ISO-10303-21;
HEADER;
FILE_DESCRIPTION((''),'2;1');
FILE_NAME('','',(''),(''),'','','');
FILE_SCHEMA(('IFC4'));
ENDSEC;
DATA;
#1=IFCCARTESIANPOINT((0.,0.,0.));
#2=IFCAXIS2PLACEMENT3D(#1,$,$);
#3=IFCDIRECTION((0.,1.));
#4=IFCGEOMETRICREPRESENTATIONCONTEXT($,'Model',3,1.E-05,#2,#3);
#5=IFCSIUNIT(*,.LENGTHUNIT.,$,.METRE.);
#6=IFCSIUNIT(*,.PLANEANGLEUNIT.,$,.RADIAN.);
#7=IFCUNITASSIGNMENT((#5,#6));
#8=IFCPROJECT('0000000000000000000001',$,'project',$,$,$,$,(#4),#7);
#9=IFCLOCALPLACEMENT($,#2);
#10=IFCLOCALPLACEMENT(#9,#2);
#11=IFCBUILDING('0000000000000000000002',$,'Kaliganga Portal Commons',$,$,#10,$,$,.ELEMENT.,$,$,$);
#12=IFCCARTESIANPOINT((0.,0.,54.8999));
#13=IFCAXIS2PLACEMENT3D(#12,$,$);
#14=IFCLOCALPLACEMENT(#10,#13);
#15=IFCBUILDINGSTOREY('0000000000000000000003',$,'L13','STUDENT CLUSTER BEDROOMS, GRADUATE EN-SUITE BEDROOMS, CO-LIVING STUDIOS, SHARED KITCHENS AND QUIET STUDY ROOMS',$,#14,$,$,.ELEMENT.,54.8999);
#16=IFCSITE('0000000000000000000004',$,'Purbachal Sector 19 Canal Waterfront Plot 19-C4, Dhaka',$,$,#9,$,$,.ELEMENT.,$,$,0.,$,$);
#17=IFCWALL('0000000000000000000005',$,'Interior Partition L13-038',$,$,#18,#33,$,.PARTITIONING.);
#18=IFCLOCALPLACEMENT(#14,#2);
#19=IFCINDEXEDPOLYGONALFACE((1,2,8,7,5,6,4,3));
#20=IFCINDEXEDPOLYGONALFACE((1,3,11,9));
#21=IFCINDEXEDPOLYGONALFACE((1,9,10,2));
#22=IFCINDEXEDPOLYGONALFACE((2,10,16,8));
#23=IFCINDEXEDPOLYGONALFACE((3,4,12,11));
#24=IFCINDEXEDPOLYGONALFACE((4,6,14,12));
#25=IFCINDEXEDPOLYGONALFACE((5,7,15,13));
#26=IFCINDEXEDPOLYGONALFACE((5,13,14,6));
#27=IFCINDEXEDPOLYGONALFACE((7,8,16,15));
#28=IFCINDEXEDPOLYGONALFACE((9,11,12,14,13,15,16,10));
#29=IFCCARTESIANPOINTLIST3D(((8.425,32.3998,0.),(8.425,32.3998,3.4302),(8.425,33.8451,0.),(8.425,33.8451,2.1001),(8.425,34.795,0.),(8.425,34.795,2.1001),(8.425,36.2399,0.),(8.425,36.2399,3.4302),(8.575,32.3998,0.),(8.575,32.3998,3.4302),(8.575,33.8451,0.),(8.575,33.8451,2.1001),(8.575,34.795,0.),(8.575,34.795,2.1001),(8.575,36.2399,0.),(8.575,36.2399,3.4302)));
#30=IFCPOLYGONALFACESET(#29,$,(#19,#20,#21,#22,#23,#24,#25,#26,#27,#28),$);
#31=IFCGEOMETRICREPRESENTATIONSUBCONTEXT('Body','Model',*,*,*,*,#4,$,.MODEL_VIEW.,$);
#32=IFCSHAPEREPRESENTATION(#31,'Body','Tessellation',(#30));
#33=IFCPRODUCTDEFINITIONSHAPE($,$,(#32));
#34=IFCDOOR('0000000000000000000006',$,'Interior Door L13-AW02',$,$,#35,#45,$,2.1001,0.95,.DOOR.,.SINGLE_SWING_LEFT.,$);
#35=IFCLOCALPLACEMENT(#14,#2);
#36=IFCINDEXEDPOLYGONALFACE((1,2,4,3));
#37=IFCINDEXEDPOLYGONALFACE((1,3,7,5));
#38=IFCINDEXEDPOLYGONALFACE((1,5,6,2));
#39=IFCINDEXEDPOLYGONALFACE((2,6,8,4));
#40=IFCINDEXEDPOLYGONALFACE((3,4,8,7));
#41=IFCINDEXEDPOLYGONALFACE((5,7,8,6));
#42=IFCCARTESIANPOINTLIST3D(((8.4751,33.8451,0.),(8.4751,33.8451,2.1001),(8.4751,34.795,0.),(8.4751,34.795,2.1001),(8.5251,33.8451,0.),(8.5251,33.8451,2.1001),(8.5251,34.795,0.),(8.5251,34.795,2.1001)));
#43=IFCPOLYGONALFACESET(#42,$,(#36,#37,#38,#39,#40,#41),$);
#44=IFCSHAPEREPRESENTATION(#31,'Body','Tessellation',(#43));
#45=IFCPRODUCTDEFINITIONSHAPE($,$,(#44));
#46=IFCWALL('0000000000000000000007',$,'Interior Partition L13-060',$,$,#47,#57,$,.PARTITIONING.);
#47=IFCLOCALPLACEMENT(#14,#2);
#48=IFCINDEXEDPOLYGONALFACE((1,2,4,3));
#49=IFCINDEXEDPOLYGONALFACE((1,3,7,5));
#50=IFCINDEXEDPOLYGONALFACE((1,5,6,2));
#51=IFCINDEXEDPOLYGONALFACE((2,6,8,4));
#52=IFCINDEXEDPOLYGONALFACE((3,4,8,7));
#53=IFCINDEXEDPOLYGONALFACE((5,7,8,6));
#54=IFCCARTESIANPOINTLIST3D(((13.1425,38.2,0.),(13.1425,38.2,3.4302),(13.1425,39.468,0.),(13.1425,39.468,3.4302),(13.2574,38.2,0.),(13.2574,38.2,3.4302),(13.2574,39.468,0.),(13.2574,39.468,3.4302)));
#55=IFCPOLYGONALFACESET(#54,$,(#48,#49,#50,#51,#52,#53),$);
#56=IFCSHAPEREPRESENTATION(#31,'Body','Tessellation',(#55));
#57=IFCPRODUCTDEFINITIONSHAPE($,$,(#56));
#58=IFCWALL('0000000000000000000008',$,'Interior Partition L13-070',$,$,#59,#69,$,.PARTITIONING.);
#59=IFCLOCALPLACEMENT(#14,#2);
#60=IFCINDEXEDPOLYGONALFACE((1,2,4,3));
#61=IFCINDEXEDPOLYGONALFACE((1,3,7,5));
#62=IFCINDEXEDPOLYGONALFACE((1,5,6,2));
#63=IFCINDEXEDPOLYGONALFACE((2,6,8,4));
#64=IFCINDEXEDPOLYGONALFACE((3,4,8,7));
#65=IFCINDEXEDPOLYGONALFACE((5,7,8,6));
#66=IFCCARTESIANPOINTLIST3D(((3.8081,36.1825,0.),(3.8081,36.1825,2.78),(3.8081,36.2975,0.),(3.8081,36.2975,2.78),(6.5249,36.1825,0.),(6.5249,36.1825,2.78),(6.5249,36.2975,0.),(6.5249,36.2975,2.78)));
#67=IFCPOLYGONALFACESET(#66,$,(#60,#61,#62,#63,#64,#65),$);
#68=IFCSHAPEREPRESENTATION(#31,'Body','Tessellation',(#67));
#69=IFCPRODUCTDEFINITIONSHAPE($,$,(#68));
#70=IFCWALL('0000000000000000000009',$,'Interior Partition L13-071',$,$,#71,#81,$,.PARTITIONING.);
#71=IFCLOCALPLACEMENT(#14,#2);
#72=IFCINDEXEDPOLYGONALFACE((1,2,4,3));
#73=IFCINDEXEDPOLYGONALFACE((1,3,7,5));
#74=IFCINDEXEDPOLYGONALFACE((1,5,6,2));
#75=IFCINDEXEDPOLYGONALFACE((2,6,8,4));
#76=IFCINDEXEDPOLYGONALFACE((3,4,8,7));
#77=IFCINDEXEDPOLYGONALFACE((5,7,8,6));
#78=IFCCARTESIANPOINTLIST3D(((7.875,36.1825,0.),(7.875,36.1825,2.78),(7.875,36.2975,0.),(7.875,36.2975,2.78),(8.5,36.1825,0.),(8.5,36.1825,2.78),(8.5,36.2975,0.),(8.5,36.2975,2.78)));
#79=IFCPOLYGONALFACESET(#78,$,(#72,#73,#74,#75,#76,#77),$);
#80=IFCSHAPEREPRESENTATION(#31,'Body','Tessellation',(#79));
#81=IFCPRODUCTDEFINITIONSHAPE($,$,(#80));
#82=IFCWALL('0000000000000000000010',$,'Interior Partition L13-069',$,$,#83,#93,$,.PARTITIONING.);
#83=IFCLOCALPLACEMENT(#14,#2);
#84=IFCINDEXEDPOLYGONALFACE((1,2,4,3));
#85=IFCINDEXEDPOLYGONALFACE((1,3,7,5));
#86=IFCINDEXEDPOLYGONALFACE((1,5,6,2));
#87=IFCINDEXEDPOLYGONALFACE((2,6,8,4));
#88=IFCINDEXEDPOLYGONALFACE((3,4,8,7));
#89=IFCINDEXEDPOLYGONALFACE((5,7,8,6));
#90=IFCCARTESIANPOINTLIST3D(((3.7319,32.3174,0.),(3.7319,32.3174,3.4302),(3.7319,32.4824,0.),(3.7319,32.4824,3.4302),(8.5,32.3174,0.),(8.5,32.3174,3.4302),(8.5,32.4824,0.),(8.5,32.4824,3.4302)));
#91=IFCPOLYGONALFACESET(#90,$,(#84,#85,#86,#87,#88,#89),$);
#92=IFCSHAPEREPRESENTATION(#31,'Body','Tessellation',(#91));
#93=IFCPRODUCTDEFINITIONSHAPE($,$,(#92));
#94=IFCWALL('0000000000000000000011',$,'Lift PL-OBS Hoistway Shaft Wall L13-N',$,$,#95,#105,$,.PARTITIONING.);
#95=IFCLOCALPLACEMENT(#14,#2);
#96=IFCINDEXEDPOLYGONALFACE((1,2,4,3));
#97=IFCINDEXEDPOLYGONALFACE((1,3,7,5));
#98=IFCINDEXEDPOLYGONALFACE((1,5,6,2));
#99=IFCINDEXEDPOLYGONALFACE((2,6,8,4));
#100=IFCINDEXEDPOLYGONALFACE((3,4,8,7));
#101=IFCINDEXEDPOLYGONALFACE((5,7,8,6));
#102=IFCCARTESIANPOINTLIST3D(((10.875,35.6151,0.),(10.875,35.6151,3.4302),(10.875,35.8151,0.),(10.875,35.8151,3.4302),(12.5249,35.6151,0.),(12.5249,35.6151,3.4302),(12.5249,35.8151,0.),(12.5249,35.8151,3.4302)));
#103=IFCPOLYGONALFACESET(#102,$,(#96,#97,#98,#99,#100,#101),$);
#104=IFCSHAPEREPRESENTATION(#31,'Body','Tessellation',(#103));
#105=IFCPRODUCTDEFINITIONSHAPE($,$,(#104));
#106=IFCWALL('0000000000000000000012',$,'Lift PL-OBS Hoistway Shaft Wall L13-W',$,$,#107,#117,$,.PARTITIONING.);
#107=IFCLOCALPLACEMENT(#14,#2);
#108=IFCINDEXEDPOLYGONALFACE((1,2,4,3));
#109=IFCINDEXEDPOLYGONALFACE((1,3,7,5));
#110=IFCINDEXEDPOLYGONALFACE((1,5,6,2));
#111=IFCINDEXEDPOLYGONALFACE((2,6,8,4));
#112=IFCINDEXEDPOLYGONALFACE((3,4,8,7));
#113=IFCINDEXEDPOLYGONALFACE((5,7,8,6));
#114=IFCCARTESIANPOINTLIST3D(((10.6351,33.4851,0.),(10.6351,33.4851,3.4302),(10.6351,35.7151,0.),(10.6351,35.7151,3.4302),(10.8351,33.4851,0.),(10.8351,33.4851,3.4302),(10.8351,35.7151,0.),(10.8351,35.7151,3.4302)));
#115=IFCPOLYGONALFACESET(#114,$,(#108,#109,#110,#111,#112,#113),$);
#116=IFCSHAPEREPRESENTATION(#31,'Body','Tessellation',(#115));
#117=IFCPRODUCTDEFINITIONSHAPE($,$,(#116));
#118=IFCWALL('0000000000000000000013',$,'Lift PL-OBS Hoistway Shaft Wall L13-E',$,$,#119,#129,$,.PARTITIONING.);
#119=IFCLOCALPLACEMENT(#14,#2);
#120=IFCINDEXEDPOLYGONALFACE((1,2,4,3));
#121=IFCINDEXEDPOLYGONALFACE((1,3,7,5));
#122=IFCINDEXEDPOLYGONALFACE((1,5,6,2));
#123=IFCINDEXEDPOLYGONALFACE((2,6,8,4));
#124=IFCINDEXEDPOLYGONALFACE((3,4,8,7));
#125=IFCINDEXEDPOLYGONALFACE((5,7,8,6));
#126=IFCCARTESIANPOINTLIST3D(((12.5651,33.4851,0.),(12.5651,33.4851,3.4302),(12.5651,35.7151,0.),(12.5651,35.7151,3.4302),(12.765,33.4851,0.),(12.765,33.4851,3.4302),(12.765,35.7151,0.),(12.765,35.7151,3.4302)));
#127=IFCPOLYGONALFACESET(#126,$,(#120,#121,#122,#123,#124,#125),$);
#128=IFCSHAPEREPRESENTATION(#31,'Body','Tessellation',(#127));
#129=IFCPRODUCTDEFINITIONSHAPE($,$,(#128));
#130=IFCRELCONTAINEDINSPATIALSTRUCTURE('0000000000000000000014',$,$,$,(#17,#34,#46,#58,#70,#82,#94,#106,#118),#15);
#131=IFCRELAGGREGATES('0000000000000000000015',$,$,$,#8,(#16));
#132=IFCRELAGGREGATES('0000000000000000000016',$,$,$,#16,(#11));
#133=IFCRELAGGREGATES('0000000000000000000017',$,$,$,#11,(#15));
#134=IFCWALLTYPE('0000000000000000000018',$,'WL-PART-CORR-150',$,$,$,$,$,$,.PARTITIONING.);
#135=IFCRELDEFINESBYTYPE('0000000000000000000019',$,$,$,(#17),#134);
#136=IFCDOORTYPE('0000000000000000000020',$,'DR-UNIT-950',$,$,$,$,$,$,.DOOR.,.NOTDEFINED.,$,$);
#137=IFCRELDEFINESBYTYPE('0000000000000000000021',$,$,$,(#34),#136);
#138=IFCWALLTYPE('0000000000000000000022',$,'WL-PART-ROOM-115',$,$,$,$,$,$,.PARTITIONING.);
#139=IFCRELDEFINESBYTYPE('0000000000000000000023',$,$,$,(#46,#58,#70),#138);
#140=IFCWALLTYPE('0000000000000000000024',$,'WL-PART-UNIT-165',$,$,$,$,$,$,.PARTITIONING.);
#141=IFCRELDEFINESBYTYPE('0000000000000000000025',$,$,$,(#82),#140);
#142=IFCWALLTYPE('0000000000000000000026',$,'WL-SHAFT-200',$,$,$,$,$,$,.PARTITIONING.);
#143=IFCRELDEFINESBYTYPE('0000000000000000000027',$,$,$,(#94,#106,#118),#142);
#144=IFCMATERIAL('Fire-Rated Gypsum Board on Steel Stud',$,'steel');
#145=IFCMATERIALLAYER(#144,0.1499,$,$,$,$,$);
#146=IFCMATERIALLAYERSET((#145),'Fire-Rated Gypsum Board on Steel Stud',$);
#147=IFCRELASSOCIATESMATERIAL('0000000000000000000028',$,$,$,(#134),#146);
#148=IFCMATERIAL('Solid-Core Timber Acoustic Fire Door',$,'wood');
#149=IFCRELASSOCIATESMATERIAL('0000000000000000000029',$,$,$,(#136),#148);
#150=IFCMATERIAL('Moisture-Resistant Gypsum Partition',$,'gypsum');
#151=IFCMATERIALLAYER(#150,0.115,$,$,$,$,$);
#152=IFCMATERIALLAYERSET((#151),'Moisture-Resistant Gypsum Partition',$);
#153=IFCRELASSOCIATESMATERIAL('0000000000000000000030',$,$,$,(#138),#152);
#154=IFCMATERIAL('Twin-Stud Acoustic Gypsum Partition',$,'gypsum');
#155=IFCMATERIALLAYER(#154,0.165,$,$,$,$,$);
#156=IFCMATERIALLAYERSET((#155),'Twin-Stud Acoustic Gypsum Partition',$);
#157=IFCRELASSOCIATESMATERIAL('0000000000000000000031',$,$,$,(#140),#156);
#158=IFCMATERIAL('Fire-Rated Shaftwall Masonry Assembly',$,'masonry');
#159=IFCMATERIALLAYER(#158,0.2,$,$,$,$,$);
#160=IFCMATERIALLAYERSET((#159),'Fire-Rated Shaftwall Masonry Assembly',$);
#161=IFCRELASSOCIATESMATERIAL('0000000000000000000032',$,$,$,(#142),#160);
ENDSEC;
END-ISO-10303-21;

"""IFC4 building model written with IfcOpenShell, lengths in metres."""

from ifc_helpers import new_model, si_unit, direction, frame, frame_2d, origin, place, context, subcontext, project, spatial, rectangle, extrude, material, layer, layer_set, type_object, element, fill, save


model = new_model("IFC4")

# Units and contexts
model_context = context("Model", 3, precision=1e-05, world=origin(), true_north=direction((0.0, 1.0)))
body_context = subcontext(model_context, "Body", "Model", "MODEL_VIEW")
ifc_project = project(units=[si_unit("LENGTHUNIT", "METRE"), si_unit("PLANEANGLEUNIT", "RADIAN")], contexts=[model_context])

# Site, building, storey
site_placement = place(None, origin())
site = spatial("IfcSite", under=ifc_project, at=site_placement, Name="Purbachal Sector 19 Canal Waterfront Plot 19-C4, Dhaka", CompositionType="ELEMENT", RefElevation=0.0)
building_placement = place(site_placement, origin())
building = spatial("IfcBuilding", under=site, at=building_placement, Name="Kaliganga Portal Commons", CompositionType="ELEMENT")
storey_placement = place(building_placement, frame((0.0, 0.0, 54.8999)))
storey = spatial("IfcBuildingStorey", under=building, at=storey_placement, Name="L13", Description="STUDENT CLUSTER BEDROOMS, GRADUATE EN-SUITE BEDROOMS, CO-LIVING STUDIOS, SHARED KITCHENS AND QUIET STUDY ROOMS", CompositionType="ELEMENT", Elevation=54.8999)

# Wall, opening, door
ifc_material_1 = material(Name="Fire-Rated Gypsum Board on Steel Stud", Category="steel")
ifc_layer_1 = layer(ifc_material_1, 0.1499)
ifc_layer_set_1 = layer_set([ifc_layer_1], Name="Fire-Rated Gypsum Board on Steel Stud")
wall_type_1 = type_object("IfcWallType", Name="WL-PART-CORR-150", PredefinedType="PARTITIONING", material=ifc_layer_set_1)
ifc_material_2 = material(Name="Solid-Core Timber Acoustic Fire Door", Category="wood")
door_type_1 = type_object("IfcDoorType", Name="DR-UNIT-950", OperationType="NOTDEFINED", PredefinedType="DOOR", material=ifc_material_2)
wall_1_placement = place(storey_placement, frame((8.5, 32.3999, 0.0), z_axis=(0.0, 0.0, 1.0), x_axis=(0.0, 1.0, 0.0)))
wall_1 = element("IfcWall", 1, at=wall_1_placement, inside=storey, type_object=wall_type_1, Name="Interior Partition L13-038", PredefinedType="PARTITIONING", context=body_context, shape_type="SweptSolid", body=[
    extrude(rectangle(XDim=3.8401, YDim=0.1499, at=frame_2d((1.9199, 0.0))), origin(), (0.0, 0.0, 1.0), 3.4302),
])
opening_1_placement = place(wall_1_placement, frame((1.4451, 0.0, 0.0)))
opening_1 = element("IfcOpeningElement", 2, at=opening_1_placement, cuts=wall_1, PredefinedType="OPENING", context=body_context, shape_type="SweptSolid", body=[
    extrude(rectangle(XDim=0.95, YDim=2.1001, at=frame_2d((0.4751, 1.05))), frame((0.0, 0.085, 0.0), z_axis=(0.0, -1.0, 0.0), x_axis=(1.0, 0.0, 0.0)), (0.0, 0.0, 1.0), 0.1699),
])
door_1_placement = place(opening_1_placement, origin())
door_1 = element("IfcDoor", 3, at=door_1_placement, inside=storey, type_object=door_type_1, Name="Interior Door L13-AW02", OperationType="SINGLE_SWING_LEFT", OverallHeight=2.1001, OverallWidth=0.95, PredefinedType="DOOR", context=body_context, shape_type="SweptSolid", body=[
    extrude(rectangle(XDim=0.95, YDim=2.1001, at=frame_2d((0.4751, 1.05))), frame((0.0, 0.0249, 0.0), z_axis=(0.0, -1.0, 0.0), x_axis=(1.0, 0.0, 0.0)), (0.0, 0.0, 1.0), 0.05),
])
fill(opening_1, door_1)

# Walls
ifc_material_3 = material(Name="Moisture-Resistant Gypsum Partition", Category="gypsum")
ifc_layer_2 = layer(ifc_material_3, 0.115)
ifc_layer_set_2 = layer_set([ifc_layer_2], Name="Moisture-Resistant Gypsum Partition")
wall_type_2 = type_object("IfcWallType", Name="WL-PART-ROOM-115", PredefinedType="PARTITIONING", material=ifc_layer_set_2)
wall_2_placement = place(storey_placement, frame((13.2, 38.2, 0.0), z_axis=(0.0, 0.0, 1.0), x_axis=(0.0, 1.0, 0.0)))
element("IfcWall", 4, at=wall_2_placement, inside=storey, type_object=wall_type_2, Name="Interior Partition L13-060", PredefinedType="PARTITIONING", context=body_context, shape_type="SweptSolid", body=[
    extrude(rectangle(XDim=1.2681, YDim=0.115, at=frame_2d((0.634, 0.0))), origin(), (0.0, 0.0, 1.0), 3.4302),
])
wall_3_placement = place(storey_placement, frame((3.8081, 36.24, 0.0), z_axis=(0.0, 0.0, 1.0), x_axis=(1.0, 0.0, 0.0)))
element("IfcWall", 5, at=wall_3_placement, inside=storey, type_object=wall_type_2, Name="Interior Partition L13-070", PredefinedType="PARTITIONING", context=body_context, shape_type="SweptSolid", body=[
    extrude(rectangle(XDim=2.7168, YDim=0.115, at=frame_2d((1.3584, 0.0))), origin(), (0.0, 0.0, 1.0), 2.78),
])
wall_4_placement = place(storey_placement, frame((7.875, 36.24, 0.0), z_axis=(0.0, 0.0, 1.0), x_axis=(1.0, 0.0, 0.0)))
element("IfcWall", 6, at=wall_4_placement, inside=storey, type_object=wall_type_2, Name="Interior Partition L13-071", PredefinedType="PARTITIONING", context=body_context, shape_type="SweptSolid", body=[
    extrude(rectangle(XDim=0.625, YDim=0.115, at=frame_2d((0.3125, 0.0))), origin(), (0.0, 0.0, 1.0), 2.78),
])
ifc_material_4 = material(Name="Twin-Stud Acoustic Gypsum Partition", Category="gypsum")
ifc_layer_3 = layer(ifc_material_4, 0.165)
ifc_layer_set_3 = layer_set([ifc_layer_3], Name="Twin-Stud Acoustic Gypsum Partition")
wall_type_3 = type_object("IfcWallType", Name="WL-PART-UNIT-165", PredefinedType="PARTITIONING", material=ifc_layer_set_3)
wall_5_placement = place(storey_placement, frame((3.7319, 32.3999, 0.0), z_axis=(0.0, 0.0, 1.0), x_axis=(1.0, 0.0, 0.0)))
element("IfcWall", 7, at=wall_5_placement, inside=storey, type_object=wall_type_3, Name="Interior Partition L13-069", PredefinedType="PARTITIONING", context=body_context, shape_type="SweptSolid", body=[
    extrude(rectangle(XDim=4.7681, YDim=0.165, at=frame_2d((2.384, 0.0))), origin(), (0.0, 0.0, 1.0), 3.4302),
])

# Shared definitions
ifc_material_5 = material(Name="Fire-Rated Shaftwall Masonry Assembly", Category="masonry")
ifc_layer_4 = layer(ifc_material_5, 0.2)
ifc_layer_set_4 = layer_set([ifc_layer_4], Name="Fire-Rated Shaftwall Masonry Assembly")
wall_type_4 = type_object("IfcWallType", Name="WL-SHAFT-200", PredefinedType="PARTITIONING", material=ifc_layer_set_4)

# Walls
wall_6_placement = place(storey_placement, frame((10.875, 35.7151, 0.0), z_axis=(0.0, 0.0, 1.0), x_axis=(1.0, 0.0, 0.0)))
element("IfcWall", 8, at=wall_6_placement, inside=storey, type_object=wall_type_4, Name="Lift PL-OBS Hoistway Shaft Wall L13-N", PredefinedType="PARTITIONING", context=body_context, shape_type="SweptSolid", body=[
    extrude(rectangle(XDim=1.6499, YDim=0.2, at=frame_2d((0.825, 0.0))), origin(), (0.0, 0.0, 1.0), 3.4302),
])
for number, where, z_axis, x_axis, name in (
    (9, (10.7351, 33.4851, 0.0), (0.0, 0.0, 1.0), (0.0, 1.0, 0.0), "Lift PL-OBS Hoistway Shaft Wall L13-W"),
    (10, (12.665, 33.4851, 0.0), (0.0, 0.0, 1.0), (0.0, 1.0, 0.0), "Lift PL-OBS Hoistway Shaft Wall L13-E"),
):
    element("IfcWall", number, at=place(storey_placement, frame(where, z_axis=z_axis, x_axis=x_axis)), inside=storey, type_object=wall_type_4, Name=name, PredefinedType="PARTITIONING", context=body_context, shape_type="SweptSolid", body=[
        extrude(rectangle(XDim=2.23, YDim=0.2, at=frame_2d((1.115, 0.0))), origin(), (0.0, 0.0, 1.0), 3.4302),
    ])

save(model, "model.ifc")
